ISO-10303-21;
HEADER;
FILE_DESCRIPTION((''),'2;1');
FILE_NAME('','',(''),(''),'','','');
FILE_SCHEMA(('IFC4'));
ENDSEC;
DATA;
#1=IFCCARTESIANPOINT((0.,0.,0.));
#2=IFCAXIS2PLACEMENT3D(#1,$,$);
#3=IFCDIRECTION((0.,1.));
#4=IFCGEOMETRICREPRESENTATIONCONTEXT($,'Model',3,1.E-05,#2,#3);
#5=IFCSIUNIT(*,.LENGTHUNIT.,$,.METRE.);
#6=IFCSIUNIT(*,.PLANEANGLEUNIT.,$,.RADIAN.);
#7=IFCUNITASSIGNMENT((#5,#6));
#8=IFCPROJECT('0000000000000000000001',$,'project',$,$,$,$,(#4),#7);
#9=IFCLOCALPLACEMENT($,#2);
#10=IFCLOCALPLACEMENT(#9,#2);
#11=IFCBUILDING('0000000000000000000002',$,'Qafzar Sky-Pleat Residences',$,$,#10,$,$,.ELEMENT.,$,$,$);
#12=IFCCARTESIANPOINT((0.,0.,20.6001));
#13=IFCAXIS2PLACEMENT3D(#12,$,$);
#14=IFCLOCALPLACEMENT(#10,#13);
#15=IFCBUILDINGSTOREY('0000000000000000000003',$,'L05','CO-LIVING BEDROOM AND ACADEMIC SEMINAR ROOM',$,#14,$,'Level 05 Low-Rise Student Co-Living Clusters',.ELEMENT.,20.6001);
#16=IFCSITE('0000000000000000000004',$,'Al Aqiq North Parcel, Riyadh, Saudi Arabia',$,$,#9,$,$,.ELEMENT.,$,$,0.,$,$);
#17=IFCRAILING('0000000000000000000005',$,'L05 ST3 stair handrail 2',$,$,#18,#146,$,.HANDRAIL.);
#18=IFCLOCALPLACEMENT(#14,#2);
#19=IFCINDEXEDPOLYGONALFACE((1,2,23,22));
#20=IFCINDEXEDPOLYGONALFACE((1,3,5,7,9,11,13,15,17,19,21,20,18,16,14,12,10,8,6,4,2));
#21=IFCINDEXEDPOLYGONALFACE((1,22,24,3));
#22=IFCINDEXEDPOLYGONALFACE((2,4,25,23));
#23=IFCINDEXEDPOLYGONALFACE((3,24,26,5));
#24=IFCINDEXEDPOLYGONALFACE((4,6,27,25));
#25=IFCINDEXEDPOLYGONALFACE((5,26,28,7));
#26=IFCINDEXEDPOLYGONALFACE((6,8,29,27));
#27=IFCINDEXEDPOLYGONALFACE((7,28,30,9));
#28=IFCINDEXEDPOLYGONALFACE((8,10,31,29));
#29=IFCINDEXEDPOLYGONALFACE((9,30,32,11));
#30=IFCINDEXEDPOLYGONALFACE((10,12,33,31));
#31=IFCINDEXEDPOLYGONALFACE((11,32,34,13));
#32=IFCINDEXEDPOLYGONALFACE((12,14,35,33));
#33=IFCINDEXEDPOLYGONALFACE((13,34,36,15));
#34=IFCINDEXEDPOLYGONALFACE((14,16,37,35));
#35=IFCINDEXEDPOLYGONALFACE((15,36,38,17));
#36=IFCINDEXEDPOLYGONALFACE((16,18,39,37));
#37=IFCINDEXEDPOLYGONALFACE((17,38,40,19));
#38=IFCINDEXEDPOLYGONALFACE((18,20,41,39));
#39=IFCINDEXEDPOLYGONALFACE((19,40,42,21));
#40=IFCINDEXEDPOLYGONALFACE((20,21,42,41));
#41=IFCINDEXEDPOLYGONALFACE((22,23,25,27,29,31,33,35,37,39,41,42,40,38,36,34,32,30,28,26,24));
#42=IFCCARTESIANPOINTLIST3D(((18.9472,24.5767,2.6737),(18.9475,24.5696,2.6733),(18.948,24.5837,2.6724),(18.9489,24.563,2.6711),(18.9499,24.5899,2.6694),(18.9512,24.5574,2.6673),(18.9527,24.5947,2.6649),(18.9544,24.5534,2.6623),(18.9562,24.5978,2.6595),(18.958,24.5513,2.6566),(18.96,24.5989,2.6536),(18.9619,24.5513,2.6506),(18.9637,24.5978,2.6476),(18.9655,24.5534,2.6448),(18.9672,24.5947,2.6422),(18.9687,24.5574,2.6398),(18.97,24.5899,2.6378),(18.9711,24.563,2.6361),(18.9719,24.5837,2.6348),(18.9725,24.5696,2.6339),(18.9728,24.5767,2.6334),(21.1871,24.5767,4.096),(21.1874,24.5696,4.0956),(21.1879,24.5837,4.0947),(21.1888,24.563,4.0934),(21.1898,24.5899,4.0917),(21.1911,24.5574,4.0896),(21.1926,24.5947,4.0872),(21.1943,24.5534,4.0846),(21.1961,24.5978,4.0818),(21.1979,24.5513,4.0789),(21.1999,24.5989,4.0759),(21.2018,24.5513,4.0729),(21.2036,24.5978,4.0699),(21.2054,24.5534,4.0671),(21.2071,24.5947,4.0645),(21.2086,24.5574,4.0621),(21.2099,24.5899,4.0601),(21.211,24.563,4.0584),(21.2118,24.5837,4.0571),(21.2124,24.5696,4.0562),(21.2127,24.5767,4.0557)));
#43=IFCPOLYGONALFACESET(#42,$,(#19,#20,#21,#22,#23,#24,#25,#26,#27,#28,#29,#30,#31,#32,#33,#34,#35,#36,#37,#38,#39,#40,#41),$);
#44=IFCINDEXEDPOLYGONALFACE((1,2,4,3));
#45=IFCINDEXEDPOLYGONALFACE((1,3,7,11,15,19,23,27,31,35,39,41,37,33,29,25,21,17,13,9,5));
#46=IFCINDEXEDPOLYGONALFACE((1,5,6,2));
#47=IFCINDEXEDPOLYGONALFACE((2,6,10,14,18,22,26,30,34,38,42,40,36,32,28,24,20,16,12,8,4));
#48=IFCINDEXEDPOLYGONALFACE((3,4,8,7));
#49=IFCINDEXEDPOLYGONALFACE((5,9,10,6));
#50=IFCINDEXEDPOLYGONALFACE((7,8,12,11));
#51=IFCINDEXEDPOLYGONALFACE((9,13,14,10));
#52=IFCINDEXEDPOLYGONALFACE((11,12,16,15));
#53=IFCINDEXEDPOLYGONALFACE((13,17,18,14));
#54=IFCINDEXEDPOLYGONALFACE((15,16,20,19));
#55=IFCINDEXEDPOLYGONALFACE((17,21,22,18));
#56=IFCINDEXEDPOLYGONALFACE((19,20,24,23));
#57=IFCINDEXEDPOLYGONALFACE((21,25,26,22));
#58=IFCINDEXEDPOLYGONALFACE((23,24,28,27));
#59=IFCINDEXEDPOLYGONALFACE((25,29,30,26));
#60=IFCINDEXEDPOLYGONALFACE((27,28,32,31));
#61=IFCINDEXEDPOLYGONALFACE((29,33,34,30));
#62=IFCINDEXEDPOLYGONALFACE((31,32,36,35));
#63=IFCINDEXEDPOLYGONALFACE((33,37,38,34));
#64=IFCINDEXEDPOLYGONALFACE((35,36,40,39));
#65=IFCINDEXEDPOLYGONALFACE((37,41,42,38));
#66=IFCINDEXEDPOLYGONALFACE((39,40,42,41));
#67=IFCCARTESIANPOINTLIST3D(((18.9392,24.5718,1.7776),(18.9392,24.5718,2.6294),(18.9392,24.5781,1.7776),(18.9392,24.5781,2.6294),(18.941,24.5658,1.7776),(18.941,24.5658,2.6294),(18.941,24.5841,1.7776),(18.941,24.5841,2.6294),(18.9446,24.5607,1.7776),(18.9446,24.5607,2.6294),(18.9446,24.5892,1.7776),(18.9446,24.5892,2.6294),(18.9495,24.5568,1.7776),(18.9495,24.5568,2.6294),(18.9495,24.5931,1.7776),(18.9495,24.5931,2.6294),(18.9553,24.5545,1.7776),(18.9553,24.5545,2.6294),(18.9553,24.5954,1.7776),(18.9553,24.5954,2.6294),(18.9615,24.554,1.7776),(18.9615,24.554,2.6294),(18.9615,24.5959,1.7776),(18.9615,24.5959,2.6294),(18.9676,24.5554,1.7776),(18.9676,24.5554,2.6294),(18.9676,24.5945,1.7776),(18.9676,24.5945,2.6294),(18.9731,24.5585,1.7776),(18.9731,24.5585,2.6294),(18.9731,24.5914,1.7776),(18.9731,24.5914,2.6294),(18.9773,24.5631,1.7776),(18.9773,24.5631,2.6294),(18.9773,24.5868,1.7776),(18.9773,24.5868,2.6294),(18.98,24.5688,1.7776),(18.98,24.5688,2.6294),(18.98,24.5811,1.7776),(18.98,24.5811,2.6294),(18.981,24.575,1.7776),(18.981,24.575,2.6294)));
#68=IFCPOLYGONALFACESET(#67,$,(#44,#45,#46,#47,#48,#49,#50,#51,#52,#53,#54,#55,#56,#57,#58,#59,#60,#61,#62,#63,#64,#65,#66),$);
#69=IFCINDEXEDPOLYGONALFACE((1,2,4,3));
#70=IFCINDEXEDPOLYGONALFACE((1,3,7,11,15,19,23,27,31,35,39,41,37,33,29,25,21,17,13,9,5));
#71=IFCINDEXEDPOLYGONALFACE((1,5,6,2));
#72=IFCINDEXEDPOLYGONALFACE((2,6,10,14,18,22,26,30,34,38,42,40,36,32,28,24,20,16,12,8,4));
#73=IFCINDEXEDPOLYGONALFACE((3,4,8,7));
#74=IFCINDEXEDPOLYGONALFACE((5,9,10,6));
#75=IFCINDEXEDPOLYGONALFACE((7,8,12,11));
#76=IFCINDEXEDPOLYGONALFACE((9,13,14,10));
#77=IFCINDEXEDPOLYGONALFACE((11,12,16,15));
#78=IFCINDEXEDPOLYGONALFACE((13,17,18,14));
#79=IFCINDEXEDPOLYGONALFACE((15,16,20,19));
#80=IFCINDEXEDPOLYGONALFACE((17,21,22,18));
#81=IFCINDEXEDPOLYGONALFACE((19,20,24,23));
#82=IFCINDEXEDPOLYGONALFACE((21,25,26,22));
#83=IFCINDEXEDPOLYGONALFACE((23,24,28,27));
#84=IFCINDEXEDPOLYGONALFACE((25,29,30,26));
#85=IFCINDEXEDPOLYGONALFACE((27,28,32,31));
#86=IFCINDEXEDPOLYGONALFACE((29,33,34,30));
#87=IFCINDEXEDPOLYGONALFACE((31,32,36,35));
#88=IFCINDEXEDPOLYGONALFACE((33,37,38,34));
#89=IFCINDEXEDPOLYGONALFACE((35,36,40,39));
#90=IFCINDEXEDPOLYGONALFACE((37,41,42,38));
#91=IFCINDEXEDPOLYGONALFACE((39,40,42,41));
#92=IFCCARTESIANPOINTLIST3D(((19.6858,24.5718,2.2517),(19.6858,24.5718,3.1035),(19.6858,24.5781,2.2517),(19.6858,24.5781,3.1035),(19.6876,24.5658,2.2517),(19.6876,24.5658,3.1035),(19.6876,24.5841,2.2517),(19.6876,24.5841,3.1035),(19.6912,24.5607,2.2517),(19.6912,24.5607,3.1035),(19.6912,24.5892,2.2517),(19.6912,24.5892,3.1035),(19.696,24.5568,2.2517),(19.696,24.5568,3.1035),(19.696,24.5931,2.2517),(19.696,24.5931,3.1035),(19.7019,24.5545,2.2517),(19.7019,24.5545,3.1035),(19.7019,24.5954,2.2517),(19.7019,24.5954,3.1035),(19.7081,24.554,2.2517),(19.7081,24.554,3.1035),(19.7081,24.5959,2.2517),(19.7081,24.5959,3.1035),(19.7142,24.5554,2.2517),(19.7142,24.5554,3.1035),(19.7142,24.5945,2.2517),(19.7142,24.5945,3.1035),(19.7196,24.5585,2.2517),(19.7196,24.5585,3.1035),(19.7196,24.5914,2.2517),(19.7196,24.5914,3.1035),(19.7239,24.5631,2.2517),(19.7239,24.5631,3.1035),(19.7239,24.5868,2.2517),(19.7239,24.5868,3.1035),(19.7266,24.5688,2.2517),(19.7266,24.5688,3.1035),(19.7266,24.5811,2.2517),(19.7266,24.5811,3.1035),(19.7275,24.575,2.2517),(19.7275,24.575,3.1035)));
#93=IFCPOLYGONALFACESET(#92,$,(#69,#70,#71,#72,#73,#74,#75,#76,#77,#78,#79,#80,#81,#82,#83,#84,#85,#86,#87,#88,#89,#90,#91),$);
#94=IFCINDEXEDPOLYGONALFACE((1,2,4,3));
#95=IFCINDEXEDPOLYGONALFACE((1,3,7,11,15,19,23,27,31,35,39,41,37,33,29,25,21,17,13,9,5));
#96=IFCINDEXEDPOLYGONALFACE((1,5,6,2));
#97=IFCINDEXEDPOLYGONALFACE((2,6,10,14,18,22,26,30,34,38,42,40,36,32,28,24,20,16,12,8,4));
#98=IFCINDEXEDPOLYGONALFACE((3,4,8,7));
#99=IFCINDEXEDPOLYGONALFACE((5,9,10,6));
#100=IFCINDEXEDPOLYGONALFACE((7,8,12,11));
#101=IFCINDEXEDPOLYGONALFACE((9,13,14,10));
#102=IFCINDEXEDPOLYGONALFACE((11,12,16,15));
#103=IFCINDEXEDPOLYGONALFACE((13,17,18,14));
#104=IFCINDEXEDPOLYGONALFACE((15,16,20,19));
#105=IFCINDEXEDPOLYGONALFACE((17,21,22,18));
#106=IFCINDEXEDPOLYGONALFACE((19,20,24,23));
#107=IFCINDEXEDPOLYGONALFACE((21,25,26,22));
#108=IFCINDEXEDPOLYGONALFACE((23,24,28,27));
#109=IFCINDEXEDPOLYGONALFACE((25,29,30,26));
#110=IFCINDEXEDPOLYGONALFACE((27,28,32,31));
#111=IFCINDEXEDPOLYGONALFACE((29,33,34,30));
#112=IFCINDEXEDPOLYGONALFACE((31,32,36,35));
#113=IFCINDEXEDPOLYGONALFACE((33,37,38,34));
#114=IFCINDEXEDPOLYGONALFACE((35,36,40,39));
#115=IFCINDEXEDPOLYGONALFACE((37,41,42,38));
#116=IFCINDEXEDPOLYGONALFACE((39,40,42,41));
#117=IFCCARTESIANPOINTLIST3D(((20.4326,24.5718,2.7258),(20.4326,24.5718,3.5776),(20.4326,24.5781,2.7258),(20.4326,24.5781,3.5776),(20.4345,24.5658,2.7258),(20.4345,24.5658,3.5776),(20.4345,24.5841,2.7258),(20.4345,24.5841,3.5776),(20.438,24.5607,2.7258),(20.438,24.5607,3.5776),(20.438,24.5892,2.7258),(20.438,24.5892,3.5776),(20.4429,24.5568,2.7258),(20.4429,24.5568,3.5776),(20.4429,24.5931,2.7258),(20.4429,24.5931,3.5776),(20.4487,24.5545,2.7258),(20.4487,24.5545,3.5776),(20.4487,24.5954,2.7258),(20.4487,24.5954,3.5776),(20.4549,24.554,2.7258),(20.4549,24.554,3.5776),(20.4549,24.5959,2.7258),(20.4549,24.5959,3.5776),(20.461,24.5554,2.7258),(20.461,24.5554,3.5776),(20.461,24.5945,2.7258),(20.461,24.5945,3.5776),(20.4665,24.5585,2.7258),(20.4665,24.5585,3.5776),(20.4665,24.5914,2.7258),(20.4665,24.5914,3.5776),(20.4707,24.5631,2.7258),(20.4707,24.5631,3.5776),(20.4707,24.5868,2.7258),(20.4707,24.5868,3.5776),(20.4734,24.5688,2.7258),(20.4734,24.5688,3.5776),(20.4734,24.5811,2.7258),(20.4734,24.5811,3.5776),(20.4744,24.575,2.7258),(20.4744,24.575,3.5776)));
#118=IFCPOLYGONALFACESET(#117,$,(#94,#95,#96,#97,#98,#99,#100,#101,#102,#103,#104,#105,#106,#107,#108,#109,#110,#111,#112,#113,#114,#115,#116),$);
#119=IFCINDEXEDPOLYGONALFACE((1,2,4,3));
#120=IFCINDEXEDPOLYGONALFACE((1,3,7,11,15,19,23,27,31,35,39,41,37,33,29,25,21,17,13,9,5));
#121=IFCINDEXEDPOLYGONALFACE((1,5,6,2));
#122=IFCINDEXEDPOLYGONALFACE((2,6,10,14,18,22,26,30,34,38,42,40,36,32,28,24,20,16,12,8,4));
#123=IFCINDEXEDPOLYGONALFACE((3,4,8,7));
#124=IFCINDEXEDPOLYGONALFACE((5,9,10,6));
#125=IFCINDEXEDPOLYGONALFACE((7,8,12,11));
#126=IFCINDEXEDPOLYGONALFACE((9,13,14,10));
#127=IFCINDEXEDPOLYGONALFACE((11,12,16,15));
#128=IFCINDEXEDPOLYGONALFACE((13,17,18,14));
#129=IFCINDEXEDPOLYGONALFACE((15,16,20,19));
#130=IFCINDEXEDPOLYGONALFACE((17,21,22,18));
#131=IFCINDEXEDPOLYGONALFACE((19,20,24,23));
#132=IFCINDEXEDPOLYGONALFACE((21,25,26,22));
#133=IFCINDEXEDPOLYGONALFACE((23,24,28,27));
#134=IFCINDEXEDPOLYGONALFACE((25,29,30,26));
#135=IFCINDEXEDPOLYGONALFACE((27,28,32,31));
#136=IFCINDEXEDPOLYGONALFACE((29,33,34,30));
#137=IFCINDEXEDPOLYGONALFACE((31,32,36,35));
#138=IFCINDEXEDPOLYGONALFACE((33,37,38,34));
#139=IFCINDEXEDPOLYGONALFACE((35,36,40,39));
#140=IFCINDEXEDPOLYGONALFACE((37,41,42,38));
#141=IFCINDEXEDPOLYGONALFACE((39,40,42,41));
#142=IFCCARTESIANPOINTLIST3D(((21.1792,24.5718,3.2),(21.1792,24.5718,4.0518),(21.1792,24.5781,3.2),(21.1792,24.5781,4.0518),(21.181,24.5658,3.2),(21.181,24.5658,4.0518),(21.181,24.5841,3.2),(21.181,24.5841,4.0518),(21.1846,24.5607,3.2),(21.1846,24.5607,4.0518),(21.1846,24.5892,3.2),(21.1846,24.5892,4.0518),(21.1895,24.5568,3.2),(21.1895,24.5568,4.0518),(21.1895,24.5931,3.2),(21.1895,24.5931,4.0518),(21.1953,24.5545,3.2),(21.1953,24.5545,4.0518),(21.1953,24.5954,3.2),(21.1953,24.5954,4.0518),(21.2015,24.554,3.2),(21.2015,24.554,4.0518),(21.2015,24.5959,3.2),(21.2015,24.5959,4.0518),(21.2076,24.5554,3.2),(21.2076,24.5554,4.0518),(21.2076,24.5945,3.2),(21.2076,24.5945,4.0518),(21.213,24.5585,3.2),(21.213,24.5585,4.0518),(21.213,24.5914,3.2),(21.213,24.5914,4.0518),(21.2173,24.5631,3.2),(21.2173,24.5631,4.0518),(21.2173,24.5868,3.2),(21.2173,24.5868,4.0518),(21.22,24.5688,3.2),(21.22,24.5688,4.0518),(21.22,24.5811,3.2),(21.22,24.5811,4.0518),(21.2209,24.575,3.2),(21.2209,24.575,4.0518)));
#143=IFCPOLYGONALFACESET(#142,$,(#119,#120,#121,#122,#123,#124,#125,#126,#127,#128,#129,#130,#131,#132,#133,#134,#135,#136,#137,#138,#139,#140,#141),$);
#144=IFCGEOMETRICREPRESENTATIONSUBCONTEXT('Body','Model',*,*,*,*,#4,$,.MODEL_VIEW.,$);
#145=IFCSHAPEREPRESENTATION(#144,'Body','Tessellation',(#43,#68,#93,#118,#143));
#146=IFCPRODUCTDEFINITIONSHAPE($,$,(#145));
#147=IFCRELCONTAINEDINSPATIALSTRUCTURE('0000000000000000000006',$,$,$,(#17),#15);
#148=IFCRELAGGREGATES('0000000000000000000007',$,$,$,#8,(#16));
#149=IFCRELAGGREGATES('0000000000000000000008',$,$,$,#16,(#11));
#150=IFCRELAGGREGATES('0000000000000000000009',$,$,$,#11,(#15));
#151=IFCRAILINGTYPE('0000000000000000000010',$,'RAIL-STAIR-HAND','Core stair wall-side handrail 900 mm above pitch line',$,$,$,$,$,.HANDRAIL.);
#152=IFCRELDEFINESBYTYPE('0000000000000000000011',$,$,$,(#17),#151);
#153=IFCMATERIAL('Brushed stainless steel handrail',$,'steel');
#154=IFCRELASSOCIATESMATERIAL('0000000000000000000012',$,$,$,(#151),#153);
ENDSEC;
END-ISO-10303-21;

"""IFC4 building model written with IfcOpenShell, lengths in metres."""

from ifc_helpers import new_model, si_unit, direction, frame, origin, origin_2d, place, context, subcontext, project, spatial, circle, extrude, source, transform, mapped, material, type_object, element, save


model = new_model("IFC4")

# Units and contexts
model_context = context("Model", 3, precision=1e-05, world=origin(), true_north=direction((0.0, 1.0)))
body_context = subcontext(model_context, "Body", "Model", "MODEL_VIEW")
ifc_project = project(units=[si_unit("LENGTHUNIT", "METRE"), si_unit("PLANEANGLEUNIT", "RADIAN")], contexts=[model_context])

# Site, building, storey
site_placement = place(None, origin())
site = spatial("IfcSite", under=ifc_project, at=site_placement, Name="Al Aqiq North Parcel, Riyadh, Saudi Arabia", CompositionType="ELEMENT", RefElevation=0.0)
building_placement = place(site_placement, origin())
building = spatial("IfcBuilding", under=site, at=building_placement, Name="Qafzar Sky-Pleat Residences", CompositionType="ELEMENT")
storey_placement = place(building_placement, frame((0.0, 0.0, 20.6001)))
storey = spatial("IfcBuildingStorey", under=building, at=storey_placement, Name="L05", Description="CO-LIVING BEDROOM AND ACADEMIC SEMINAR ROOM", LongName="Level 05 Low-Rise Student Co-Living Clusters", CompositionType="ELEMENT", Elevation=20.6001)

# Railing
ifc_material_1 = material(Name="Brushed stainless steel handrail", Category="steel")
railing_type_1 = type_object("IfcRailingType", Name="RAIL-STAIR-HAND", Description="Core stair wall-side handrail 900 mm above pitch line", PredefinedType="HANDRAIL", material=ifc_material_1)
shared_shape_1 = source(origin(), body_context, "Body", "SweptSolid", [
    extrude(circle(Radius=0.0239, at=origin_2d()), frame((0.0, 0.0, 0.876), z_axis=(0.844188, 0.0, 0.536048), x_axis=(0.0, 1.0, 0.0)), (0.0, 0.0, 1.0), 2.6533),
    extrude(circle(Radius=0.021, at=origin_2d()), origin(), (0.0, 0.0, 1.0), 0.8518),
    extrude(circle(Radius=0.021, at=origin_2d()), frame((0.7466, 0.0, 0.4741)), (0.0, 0.0, 1.0), 0.8518),
    extrude(circle(Radius=0.021, at=origin_2d()), frame((1.4934, 0.0, 0.9482)), (0.0, 0.0, 1.0), 0.8518),
    extrude(circle(Radius=0.021, at=origin_2d()), frame((2.24, 0.0, 1.4224)), (0.0, 0.0, 1.0), 0.8518),
])
railing_1_placement = place(storey_placement, frame((18.96, 24.575, 1.7776)))
element("IfcRailing", 1, at=railing_1_placement, inside=storey, type_object=railing_type_1, Name="L05 ST3 stair handrail 2", PredefinedType="HANDRAIL", context=body_context, shape_type="MappedRepresentation", body=[
    mapped(shared_shape_1, transform((0.0, 0.0, 0.0), x_axis=(1.0, 0.0, 0.0), y_axis=(0.0, 1.0, 0.0), z_axis=(0.0, 0.0, 1.0), scale=1.0)),
])

save(model, "model.ifc")
